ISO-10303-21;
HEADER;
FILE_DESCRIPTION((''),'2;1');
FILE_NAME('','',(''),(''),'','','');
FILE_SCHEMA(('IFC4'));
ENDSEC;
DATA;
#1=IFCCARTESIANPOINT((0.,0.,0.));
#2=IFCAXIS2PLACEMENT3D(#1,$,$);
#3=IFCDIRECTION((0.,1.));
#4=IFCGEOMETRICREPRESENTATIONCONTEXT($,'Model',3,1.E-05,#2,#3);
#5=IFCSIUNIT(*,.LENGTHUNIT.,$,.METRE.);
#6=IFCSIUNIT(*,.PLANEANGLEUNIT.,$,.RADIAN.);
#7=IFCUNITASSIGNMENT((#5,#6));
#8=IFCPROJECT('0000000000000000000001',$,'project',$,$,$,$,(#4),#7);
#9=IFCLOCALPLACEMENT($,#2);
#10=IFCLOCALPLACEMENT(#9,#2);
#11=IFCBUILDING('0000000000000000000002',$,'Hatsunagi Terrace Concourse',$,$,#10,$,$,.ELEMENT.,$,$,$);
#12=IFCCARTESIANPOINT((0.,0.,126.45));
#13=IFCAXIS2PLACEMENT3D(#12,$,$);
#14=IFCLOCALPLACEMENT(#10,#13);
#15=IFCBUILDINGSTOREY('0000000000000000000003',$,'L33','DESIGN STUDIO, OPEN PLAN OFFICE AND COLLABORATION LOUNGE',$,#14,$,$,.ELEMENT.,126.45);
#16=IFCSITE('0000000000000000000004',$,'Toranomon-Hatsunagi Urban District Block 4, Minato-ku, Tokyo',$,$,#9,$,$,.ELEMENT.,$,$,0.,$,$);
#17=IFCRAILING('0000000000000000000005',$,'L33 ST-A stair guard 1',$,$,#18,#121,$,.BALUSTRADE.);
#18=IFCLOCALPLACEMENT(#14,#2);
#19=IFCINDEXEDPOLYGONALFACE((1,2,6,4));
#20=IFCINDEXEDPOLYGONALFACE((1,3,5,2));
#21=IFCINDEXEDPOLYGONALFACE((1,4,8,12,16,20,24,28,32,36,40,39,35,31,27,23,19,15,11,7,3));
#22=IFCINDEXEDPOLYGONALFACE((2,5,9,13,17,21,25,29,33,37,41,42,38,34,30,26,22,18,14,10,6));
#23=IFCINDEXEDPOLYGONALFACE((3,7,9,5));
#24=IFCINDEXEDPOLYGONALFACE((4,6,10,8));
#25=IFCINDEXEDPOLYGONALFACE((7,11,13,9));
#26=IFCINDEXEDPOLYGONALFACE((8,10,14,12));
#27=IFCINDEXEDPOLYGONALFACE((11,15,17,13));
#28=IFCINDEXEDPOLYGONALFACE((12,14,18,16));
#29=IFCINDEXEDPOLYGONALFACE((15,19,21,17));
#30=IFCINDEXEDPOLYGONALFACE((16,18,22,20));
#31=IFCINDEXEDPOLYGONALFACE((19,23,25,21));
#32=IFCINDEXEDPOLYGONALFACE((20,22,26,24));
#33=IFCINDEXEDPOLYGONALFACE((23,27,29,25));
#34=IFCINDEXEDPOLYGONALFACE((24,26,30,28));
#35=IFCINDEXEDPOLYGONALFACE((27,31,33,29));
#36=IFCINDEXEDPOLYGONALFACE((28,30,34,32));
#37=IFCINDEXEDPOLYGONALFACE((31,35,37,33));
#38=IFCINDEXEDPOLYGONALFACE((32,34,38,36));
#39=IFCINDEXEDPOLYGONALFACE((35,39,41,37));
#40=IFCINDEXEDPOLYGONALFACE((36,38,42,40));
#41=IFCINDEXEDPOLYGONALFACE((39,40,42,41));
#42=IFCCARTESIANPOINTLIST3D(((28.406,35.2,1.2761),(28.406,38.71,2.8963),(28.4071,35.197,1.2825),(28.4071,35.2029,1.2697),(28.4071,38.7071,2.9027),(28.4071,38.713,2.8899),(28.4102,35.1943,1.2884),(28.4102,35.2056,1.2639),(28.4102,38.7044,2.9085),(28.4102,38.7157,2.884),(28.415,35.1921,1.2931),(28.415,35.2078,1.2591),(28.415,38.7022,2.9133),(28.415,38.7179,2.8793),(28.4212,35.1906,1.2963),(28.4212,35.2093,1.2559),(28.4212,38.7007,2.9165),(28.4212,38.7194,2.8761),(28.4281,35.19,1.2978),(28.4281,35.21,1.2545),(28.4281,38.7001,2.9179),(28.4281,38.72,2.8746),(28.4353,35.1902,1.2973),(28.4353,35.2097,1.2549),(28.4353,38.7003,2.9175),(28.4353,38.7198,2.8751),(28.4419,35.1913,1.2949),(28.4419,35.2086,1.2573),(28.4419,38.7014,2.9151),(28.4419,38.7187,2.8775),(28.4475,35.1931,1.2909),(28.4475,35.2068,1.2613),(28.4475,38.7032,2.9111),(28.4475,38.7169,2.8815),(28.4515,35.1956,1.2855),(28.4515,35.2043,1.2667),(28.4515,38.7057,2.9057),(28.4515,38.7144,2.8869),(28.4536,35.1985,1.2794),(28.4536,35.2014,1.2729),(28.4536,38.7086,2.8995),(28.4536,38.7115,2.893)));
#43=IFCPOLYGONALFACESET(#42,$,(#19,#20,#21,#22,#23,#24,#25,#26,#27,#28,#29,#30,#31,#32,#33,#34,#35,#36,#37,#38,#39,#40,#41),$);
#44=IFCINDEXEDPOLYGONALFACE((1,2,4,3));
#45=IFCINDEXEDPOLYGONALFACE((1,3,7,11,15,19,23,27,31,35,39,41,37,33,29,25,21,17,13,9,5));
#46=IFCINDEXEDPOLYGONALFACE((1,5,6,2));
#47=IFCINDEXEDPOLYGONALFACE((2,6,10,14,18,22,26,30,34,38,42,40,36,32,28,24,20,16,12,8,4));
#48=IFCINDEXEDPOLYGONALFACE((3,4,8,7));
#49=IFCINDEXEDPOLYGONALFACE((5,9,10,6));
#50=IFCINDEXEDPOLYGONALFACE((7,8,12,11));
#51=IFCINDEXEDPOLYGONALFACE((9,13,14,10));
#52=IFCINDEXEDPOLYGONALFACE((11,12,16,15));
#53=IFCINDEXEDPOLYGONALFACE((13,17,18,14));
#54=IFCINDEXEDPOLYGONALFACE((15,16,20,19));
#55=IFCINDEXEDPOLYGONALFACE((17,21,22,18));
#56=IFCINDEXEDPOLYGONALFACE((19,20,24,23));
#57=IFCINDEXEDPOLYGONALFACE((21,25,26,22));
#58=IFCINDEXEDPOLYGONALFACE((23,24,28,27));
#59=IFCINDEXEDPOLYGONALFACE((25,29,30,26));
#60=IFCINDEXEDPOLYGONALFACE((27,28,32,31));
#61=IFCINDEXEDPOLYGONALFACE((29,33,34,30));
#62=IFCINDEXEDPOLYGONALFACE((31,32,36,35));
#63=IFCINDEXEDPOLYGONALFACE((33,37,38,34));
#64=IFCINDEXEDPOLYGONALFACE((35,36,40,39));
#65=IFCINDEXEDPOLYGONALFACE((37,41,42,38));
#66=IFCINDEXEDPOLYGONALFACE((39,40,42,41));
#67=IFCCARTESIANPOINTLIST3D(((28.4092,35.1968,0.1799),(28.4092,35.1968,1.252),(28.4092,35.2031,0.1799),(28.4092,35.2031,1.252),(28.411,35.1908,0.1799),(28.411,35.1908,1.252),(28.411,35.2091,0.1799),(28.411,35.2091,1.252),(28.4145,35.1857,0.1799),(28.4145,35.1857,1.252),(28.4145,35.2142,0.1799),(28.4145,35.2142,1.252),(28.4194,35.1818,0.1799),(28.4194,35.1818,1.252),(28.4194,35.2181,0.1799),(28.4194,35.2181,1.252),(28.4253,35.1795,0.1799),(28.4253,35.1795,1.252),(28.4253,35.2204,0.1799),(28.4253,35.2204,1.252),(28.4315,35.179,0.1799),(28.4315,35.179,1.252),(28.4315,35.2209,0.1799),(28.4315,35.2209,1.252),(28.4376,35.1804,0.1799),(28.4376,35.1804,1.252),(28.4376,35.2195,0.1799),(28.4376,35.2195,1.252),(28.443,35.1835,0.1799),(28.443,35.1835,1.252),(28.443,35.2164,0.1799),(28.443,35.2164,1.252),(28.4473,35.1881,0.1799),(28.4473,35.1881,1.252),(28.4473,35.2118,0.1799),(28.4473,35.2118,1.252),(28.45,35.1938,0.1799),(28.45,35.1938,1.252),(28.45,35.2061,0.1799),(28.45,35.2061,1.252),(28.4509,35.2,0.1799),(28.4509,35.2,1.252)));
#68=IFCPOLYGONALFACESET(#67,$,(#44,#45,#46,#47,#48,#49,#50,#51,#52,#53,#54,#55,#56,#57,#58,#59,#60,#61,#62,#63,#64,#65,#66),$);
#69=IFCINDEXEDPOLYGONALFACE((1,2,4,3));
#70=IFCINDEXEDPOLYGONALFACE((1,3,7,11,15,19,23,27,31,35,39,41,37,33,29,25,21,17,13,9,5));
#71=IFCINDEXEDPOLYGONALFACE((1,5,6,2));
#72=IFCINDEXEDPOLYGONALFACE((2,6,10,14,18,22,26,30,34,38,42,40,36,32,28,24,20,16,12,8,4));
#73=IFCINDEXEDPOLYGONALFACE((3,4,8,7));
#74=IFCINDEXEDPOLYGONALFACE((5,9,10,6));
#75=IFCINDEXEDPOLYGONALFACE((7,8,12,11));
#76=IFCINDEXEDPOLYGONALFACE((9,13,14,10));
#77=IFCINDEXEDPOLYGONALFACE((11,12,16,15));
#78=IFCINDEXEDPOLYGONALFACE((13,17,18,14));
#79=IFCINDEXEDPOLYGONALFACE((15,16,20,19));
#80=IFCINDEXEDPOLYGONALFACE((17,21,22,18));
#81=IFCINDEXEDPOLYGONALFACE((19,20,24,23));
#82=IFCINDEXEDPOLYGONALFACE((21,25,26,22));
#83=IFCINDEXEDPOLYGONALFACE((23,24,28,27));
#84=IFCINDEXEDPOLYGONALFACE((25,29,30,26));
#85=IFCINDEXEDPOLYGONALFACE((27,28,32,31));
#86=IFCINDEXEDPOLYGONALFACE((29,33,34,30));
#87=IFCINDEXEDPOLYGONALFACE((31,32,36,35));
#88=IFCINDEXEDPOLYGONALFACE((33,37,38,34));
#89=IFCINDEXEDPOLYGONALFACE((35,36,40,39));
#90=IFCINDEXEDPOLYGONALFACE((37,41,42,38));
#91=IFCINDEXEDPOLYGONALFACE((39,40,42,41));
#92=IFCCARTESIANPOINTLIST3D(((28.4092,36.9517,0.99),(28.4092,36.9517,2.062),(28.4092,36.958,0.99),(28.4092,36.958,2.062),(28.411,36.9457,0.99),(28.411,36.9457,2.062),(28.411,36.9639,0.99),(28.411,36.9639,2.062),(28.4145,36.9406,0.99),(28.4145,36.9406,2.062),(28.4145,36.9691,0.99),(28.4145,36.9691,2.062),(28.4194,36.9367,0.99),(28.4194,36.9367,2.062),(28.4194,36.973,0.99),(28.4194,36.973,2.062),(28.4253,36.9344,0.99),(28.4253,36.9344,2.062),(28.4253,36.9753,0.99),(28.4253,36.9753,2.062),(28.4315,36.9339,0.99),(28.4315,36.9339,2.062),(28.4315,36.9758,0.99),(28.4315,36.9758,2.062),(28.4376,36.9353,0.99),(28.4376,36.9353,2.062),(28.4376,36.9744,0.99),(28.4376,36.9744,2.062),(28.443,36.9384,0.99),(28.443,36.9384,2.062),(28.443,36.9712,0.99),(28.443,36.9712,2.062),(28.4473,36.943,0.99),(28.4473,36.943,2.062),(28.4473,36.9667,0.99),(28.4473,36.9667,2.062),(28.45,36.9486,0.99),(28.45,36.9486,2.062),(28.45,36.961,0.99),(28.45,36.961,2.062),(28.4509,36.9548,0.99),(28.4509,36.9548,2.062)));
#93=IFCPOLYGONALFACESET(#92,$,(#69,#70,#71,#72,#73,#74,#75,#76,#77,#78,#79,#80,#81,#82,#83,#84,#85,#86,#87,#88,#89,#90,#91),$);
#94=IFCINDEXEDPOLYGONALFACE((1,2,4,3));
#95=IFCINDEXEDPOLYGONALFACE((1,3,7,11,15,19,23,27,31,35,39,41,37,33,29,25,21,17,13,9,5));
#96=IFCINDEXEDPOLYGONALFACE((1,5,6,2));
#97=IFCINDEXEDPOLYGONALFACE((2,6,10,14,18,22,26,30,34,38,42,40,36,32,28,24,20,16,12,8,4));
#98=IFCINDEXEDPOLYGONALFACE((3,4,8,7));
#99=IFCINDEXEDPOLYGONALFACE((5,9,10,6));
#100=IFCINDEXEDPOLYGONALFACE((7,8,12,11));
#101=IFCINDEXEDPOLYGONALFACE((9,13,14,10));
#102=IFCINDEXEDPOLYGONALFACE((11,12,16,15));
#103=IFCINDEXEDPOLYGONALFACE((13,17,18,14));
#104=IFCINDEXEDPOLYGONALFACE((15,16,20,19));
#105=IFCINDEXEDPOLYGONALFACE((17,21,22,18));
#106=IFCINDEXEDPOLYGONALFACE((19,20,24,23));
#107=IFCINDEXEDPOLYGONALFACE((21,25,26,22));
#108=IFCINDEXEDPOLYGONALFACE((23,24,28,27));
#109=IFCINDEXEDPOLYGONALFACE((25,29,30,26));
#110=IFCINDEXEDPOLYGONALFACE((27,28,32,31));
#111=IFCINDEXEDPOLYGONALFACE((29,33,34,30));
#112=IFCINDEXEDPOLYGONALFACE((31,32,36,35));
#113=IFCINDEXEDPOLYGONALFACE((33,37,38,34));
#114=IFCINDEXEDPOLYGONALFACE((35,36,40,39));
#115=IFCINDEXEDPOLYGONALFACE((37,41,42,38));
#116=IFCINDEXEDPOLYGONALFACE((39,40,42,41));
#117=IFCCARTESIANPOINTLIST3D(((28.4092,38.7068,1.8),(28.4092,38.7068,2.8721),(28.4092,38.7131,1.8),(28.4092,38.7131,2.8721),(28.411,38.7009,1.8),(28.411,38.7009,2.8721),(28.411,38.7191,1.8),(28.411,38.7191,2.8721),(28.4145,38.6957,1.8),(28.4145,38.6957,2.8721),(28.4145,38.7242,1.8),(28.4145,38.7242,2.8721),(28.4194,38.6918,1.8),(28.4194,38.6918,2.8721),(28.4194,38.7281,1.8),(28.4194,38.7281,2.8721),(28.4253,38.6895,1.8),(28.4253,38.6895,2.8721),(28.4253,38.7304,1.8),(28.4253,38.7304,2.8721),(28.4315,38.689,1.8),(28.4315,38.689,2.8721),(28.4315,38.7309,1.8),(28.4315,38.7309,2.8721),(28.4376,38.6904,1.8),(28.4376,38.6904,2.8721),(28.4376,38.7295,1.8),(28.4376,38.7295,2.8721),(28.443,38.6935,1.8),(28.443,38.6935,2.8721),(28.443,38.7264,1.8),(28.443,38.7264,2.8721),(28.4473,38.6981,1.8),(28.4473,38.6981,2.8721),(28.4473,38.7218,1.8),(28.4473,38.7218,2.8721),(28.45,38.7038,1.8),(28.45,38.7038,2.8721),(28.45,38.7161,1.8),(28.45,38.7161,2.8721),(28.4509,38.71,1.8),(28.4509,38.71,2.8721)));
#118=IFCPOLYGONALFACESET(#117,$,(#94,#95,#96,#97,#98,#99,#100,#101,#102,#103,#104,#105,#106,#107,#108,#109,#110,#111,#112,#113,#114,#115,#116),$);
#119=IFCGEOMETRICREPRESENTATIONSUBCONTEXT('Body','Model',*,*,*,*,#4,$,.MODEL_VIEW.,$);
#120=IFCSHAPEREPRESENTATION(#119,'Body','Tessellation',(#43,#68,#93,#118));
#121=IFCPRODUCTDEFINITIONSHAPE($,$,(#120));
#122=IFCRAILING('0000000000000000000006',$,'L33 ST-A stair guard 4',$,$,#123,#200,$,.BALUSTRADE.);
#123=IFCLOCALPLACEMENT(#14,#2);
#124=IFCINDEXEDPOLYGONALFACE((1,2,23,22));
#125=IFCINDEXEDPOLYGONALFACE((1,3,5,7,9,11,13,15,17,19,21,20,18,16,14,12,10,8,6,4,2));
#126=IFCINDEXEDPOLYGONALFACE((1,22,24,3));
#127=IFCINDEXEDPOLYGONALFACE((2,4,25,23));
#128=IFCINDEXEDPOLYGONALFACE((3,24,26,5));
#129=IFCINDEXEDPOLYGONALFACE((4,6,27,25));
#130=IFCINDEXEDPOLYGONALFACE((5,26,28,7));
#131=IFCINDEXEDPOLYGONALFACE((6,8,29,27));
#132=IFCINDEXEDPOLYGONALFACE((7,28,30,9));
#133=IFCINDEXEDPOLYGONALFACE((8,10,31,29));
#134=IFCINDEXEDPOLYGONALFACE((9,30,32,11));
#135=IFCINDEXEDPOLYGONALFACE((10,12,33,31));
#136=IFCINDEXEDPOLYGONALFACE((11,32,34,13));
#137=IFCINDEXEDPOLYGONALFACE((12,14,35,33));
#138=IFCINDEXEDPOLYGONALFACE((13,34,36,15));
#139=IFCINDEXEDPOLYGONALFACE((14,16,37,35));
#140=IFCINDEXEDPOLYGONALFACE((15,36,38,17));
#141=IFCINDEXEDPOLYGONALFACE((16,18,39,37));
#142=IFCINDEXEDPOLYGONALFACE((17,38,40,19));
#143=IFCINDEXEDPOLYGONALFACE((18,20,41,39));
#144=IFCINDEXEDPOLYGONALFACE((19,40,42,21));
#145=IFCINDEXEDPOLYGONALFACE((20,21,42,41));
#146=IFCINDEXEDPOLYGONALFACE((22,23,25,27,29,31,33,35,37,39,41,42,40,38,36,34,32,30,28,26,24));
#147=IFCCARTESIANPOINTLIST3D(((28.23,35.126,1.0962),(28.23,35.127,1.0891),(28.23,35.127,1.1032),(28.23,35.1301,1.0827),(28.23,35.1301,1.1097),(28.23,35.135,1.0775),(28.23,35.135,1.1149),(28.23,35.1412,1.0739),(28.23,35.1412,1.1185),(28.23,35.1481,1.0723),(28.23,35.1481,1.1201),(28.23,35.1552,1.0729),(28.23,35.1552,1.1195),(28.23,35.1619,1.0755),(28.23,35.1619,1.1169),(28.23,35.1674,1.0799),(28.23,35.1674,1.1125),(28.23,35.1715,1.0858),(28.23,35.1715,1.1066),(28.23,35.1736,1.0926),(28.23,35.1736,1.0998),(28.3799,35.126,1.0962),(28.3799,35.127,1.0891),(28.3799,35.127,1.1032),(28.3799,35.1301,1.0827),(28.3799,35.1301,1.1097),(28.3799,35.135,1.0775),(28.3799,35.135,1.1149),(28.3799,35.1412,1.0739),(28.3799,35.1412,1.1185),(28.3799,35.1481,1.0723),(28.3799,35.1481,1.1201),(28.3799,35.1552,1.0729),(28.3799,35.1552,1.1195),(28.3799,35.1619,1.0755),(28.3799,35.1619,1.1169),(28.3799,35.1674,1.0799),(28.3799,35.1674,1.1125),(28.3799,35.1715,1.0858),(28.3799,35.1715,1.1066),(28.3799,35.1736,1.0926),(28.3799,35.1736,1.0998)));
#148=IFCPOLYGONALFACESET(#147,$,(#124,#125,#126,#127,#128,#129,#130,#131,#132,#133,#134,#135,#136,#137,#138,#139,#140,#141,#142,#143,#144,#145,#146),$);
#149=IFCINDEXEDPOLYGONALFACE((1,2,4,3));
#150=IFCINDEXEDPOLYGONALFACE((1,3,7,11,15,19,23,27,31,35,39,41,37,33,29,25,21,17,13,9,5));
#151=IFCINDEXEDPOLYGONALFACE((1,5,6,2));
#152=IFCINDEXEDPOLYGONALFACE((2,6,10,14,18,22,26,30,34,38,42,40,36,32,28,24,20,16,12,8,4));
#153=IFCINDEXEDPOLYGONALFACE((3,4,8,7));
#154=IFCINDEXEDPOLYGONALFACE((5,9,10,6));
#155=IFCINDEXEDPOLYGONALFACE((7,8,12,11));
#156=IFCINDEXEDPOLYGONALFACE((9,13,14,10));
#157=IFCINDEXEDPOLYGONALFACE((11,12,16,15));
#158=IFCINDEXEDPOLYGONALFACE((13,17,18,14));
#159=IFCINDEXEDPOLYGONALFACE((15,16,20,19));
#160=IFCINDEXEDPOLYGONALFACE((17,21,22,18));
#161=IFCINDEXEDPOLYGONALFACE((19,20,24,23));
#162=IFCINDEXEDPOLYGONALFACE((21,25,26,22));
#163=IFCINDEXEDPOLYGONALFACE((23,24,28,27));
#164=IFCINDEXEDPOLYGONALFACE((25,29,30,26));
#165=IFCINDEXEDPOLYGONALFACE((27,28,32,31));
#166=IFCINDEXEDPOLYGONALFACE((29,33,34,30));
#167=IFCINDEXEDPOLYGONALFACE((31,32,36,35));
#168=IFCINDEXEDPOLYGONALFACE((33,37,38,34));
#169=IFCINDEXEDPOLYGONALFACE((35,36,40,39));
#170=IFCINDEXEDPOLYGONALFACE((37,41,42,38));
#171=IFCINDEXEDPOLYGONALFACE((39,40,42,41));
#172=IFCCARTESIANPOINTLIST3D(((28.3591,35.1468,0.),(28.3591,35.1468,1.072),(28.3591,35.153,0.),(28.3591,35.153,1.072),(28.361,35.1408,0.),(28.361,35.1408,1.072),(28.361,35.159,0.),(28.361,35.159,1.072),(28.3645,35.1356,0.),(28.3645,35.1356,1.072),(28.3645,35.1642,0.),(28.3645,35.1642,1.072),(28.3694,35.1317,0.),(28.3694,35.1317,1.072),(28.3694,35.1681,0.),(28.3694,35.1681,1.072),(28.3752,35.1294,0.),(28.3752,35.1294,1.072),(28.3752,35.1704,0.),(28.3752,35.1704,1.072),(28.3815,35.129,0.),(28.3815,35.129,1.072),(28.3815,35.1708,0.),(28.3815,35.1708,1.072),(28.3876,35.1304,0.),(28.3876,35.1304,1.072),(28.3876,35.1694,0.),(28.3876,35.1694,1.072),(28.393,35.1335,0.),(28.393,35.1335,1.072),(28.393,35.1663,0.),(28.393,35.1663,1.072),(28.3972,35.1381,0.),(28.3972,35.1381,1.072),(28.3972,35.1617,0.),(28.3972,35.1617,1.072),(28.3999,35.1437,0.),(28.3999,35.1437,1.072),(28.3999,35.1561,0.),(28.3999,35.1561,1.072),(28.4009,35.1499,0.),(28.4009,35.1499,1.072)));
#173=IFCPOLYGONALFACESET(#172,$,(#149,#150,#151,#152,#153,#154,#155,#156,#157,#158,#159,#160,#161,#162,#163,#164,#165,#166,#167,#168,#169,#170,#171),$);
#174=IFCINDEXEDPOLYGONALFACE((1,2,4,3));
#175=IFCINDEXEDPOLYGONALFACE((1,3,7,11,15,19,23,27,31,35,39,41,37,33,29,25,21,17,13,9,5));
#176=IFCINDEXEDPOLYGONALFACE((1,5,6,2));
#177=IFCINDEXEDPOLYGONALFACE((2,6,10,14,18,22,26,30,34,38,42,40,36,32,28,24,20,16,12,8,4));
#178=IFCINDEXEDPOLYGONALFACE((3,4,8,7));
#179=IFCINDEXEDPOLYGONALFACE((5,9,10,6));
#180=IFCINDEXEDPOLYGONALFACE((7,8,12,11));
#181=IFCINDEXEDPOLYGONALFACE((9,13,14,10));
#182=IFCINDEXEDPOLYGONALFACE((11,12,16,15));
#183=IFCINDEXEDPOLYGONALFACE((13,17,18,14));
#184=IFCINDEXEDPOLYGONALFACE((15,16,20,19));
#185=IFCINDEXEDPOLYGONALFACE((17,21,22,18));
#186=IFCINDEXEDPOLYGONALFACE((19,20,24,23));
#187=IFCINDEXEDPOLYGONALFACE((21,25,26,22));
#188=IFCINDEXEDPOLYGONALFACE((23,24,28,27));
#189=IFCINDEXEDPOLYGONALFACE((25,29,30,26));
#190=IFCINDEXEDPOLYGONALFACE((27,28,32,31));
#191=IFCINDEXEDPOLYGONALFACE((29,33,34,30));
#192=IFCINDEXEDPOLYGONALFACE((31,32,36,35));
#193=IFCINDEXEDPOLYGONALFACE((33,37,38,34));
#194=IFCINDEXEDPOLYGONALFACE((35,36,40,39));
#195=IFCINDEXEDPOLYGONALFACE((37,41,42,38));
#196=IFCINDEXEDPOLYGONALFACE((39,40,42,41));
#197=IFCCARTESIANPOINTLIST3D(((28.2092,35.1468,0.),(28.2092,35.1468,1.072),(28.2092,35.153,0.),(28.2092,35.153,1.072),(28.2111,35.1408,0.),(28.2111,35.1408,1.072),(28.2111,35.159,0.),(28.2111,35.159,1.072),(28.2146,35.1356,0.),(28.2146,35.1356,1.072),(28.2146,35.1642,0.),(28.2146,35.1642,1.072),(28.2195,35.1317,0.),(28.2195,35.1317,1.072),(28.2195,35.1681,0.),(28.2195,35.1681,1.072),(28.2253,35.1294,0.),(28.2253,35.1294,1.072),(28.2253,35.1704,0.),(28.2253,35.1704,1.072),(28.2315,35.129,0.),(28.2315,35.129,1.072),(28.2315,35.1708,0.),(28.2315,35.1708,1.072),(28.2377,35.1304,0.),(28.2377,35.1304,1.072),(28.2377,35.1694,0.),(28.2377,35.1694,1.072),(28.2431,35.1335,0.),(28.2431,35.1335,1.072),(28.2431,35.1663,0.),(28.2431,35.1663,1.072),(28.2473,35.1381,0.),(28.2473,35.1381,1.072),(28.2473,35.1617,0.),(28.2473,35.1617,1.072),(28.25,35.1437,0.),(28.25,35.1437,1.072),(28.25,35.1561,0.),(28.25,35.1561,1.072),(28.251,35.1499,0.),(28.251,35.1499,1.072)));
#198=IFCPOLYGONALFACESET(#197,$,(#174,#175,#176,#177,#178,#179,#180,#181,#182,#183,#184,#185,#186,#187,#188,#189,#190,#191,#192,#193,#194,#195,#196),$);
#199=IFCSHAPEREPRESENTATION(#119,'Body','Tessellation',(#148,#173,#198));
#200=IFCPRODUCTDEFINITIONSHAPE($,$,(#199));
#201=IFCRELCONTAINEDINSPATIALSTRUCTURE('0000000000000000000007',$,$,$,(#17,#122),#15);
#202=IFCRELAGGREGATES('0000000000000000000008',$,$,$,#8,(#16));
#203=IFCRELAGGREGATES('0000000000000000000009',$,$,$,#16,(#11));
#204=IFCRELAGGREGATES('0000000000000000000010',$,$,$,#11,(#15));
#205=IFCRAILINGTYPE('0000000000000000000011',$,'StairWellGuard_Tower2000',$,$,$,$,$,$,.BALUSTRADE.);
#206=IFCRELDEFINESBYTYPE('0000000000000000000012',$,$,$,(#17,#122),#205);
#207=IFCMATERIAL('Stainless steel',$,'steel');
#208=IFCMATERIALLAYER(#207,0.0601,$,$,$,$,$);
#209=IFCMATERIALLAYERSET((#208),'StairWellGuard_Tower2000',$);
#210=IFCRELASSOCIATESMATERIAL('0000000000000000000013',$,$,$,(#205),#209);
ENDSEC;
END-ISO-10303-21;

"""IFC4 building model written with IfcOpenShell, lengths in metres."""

from ifc_helpers import new_model, si_unit, direction, frame, origin, origin_2d, place, context, subcontext, project, spatial, circle, extrude, material, layer, layer_set, type_object, element, save


model = new_model("IFC4")

# Units and contexts
model_context = context("Model", 3, precision=1e-05, world=origin(), true_north=direction((0.0, 1.0)))
body_context = subcontext(model_context, "Body", "Model", "MODEL_VIEW")
ifc_project = project(units=[si_unit("LENGTHUNIT", "METRE"), si_unit("PLANEANGLEUNIT", "RADIAN")], contexts=[model_context])

# Site, building, storey
site_placement = place(None, origin())
site = spatial("IfcSite", under=ifc_project, at=site_placement, Name="Toranomon-Hatsunagi Urban District Block 4, Minato-ku, Tokyo", CompositionType="ELEMENT", RefElevation=0.0)
building_placement = place(site_placement, origin())
building = spatial("IfcBuilding", under=site, at=building_placement, Name="Hatsunagi Terrace Concourse", CompositionType="ELEMENT")
storey_placement = place(building_placement, frame((0.0, 0.0, 126.45)))
storey = spatial("IfcBuildingStorey", under=building, at=storey_placement, Name="L33", Description="DESIGN STUDIO, OPEN PLAN OFFICE AND COLLABORATION LOUNGE", CompositionType="ELEMENT", Elevation=126.45)

# Railings
ifc_material_1 = material(Name="Stainless steel", Category="steel")
ifc_layer_1 = layer(ifc_material_1, 0.0601)
ifc_layer_set_1 = layer_set([ifc_layer_1], Name="StairWellGuard_Tower2000")
railing_type_1 = type_object("IfcRailingType", Name="StairWellGuard_Tower2000", PredefinedType="BALUSTRADE", material=ifc_layer_set_1)
railing_1_placement = place(storey_placement, frame((28.4299, 35.2, 0.1799)))
element("IfcRailing", 1, at=railing_1_placement, inside=storey, type_object=railing_type_1, Name="L33 ST-A stair guard 1", PredefinedType="BALUSTRADE", context=body_context, shape_type="SweptSolid", body=[
    extrude(circle(Radius=0.0239, at=origin_2d()), frame((0.0, 0.0, 1.0962), z_axis=(0.0, 0.907948, 0.419082), x_axis=(-1.0, 0.0, 0.0)), (0.0, 0.0, 1.0), 3.866),
    extrude(circle(Radius=0.021, at=origin_2d()), origin(), (0.0, 0.0, 1.0), 1.072),
    extrude(circle(Radius=0.021, at=origin_2d()), frame((0.0, 1.7549, 0.8101)), (0.0, 0.0, 1.0), 1.072),
    extrude(circle(Radius=0.021, at=origin_2d()), frame((0.0, 3.51, 1.6201)), (0.0, 0.0, 1.0), 1.072),
])
railing_2_placement = place(storey_placement, frame((28.3799, 35.1499, 0.0)))
element("IfcRailing", 2, at=railing_2_placement, inside=storey, type_object=railing_type_1, Name="L33 ST-A stair guard 4", PredefinedType="BALUSTRADE", context=body_context, shape_type="SweptSolid", body=[
    extrude(circle(Radius=0.0239, at=origin_2d()), frame((0.0, 0.0, 1.0962), z_axis=(-1.0, 0.0, 0.0), x_axis=(0.0, -1.0, 0.0)), (0.0, 0.0, 1.0), 0.1499),
    extrude(circle(Radius=0.021, at=origin_2d()), origin(), (0.0, 0.0, 1.0), 1.072),
    extrude(circle(Radius=0.021, at=origin_2d()), frame((-0.1499, 0.0, 0.0)), (0.0, 0.0, 1.0), 1.072),
])

save(model, "model.ifc")
